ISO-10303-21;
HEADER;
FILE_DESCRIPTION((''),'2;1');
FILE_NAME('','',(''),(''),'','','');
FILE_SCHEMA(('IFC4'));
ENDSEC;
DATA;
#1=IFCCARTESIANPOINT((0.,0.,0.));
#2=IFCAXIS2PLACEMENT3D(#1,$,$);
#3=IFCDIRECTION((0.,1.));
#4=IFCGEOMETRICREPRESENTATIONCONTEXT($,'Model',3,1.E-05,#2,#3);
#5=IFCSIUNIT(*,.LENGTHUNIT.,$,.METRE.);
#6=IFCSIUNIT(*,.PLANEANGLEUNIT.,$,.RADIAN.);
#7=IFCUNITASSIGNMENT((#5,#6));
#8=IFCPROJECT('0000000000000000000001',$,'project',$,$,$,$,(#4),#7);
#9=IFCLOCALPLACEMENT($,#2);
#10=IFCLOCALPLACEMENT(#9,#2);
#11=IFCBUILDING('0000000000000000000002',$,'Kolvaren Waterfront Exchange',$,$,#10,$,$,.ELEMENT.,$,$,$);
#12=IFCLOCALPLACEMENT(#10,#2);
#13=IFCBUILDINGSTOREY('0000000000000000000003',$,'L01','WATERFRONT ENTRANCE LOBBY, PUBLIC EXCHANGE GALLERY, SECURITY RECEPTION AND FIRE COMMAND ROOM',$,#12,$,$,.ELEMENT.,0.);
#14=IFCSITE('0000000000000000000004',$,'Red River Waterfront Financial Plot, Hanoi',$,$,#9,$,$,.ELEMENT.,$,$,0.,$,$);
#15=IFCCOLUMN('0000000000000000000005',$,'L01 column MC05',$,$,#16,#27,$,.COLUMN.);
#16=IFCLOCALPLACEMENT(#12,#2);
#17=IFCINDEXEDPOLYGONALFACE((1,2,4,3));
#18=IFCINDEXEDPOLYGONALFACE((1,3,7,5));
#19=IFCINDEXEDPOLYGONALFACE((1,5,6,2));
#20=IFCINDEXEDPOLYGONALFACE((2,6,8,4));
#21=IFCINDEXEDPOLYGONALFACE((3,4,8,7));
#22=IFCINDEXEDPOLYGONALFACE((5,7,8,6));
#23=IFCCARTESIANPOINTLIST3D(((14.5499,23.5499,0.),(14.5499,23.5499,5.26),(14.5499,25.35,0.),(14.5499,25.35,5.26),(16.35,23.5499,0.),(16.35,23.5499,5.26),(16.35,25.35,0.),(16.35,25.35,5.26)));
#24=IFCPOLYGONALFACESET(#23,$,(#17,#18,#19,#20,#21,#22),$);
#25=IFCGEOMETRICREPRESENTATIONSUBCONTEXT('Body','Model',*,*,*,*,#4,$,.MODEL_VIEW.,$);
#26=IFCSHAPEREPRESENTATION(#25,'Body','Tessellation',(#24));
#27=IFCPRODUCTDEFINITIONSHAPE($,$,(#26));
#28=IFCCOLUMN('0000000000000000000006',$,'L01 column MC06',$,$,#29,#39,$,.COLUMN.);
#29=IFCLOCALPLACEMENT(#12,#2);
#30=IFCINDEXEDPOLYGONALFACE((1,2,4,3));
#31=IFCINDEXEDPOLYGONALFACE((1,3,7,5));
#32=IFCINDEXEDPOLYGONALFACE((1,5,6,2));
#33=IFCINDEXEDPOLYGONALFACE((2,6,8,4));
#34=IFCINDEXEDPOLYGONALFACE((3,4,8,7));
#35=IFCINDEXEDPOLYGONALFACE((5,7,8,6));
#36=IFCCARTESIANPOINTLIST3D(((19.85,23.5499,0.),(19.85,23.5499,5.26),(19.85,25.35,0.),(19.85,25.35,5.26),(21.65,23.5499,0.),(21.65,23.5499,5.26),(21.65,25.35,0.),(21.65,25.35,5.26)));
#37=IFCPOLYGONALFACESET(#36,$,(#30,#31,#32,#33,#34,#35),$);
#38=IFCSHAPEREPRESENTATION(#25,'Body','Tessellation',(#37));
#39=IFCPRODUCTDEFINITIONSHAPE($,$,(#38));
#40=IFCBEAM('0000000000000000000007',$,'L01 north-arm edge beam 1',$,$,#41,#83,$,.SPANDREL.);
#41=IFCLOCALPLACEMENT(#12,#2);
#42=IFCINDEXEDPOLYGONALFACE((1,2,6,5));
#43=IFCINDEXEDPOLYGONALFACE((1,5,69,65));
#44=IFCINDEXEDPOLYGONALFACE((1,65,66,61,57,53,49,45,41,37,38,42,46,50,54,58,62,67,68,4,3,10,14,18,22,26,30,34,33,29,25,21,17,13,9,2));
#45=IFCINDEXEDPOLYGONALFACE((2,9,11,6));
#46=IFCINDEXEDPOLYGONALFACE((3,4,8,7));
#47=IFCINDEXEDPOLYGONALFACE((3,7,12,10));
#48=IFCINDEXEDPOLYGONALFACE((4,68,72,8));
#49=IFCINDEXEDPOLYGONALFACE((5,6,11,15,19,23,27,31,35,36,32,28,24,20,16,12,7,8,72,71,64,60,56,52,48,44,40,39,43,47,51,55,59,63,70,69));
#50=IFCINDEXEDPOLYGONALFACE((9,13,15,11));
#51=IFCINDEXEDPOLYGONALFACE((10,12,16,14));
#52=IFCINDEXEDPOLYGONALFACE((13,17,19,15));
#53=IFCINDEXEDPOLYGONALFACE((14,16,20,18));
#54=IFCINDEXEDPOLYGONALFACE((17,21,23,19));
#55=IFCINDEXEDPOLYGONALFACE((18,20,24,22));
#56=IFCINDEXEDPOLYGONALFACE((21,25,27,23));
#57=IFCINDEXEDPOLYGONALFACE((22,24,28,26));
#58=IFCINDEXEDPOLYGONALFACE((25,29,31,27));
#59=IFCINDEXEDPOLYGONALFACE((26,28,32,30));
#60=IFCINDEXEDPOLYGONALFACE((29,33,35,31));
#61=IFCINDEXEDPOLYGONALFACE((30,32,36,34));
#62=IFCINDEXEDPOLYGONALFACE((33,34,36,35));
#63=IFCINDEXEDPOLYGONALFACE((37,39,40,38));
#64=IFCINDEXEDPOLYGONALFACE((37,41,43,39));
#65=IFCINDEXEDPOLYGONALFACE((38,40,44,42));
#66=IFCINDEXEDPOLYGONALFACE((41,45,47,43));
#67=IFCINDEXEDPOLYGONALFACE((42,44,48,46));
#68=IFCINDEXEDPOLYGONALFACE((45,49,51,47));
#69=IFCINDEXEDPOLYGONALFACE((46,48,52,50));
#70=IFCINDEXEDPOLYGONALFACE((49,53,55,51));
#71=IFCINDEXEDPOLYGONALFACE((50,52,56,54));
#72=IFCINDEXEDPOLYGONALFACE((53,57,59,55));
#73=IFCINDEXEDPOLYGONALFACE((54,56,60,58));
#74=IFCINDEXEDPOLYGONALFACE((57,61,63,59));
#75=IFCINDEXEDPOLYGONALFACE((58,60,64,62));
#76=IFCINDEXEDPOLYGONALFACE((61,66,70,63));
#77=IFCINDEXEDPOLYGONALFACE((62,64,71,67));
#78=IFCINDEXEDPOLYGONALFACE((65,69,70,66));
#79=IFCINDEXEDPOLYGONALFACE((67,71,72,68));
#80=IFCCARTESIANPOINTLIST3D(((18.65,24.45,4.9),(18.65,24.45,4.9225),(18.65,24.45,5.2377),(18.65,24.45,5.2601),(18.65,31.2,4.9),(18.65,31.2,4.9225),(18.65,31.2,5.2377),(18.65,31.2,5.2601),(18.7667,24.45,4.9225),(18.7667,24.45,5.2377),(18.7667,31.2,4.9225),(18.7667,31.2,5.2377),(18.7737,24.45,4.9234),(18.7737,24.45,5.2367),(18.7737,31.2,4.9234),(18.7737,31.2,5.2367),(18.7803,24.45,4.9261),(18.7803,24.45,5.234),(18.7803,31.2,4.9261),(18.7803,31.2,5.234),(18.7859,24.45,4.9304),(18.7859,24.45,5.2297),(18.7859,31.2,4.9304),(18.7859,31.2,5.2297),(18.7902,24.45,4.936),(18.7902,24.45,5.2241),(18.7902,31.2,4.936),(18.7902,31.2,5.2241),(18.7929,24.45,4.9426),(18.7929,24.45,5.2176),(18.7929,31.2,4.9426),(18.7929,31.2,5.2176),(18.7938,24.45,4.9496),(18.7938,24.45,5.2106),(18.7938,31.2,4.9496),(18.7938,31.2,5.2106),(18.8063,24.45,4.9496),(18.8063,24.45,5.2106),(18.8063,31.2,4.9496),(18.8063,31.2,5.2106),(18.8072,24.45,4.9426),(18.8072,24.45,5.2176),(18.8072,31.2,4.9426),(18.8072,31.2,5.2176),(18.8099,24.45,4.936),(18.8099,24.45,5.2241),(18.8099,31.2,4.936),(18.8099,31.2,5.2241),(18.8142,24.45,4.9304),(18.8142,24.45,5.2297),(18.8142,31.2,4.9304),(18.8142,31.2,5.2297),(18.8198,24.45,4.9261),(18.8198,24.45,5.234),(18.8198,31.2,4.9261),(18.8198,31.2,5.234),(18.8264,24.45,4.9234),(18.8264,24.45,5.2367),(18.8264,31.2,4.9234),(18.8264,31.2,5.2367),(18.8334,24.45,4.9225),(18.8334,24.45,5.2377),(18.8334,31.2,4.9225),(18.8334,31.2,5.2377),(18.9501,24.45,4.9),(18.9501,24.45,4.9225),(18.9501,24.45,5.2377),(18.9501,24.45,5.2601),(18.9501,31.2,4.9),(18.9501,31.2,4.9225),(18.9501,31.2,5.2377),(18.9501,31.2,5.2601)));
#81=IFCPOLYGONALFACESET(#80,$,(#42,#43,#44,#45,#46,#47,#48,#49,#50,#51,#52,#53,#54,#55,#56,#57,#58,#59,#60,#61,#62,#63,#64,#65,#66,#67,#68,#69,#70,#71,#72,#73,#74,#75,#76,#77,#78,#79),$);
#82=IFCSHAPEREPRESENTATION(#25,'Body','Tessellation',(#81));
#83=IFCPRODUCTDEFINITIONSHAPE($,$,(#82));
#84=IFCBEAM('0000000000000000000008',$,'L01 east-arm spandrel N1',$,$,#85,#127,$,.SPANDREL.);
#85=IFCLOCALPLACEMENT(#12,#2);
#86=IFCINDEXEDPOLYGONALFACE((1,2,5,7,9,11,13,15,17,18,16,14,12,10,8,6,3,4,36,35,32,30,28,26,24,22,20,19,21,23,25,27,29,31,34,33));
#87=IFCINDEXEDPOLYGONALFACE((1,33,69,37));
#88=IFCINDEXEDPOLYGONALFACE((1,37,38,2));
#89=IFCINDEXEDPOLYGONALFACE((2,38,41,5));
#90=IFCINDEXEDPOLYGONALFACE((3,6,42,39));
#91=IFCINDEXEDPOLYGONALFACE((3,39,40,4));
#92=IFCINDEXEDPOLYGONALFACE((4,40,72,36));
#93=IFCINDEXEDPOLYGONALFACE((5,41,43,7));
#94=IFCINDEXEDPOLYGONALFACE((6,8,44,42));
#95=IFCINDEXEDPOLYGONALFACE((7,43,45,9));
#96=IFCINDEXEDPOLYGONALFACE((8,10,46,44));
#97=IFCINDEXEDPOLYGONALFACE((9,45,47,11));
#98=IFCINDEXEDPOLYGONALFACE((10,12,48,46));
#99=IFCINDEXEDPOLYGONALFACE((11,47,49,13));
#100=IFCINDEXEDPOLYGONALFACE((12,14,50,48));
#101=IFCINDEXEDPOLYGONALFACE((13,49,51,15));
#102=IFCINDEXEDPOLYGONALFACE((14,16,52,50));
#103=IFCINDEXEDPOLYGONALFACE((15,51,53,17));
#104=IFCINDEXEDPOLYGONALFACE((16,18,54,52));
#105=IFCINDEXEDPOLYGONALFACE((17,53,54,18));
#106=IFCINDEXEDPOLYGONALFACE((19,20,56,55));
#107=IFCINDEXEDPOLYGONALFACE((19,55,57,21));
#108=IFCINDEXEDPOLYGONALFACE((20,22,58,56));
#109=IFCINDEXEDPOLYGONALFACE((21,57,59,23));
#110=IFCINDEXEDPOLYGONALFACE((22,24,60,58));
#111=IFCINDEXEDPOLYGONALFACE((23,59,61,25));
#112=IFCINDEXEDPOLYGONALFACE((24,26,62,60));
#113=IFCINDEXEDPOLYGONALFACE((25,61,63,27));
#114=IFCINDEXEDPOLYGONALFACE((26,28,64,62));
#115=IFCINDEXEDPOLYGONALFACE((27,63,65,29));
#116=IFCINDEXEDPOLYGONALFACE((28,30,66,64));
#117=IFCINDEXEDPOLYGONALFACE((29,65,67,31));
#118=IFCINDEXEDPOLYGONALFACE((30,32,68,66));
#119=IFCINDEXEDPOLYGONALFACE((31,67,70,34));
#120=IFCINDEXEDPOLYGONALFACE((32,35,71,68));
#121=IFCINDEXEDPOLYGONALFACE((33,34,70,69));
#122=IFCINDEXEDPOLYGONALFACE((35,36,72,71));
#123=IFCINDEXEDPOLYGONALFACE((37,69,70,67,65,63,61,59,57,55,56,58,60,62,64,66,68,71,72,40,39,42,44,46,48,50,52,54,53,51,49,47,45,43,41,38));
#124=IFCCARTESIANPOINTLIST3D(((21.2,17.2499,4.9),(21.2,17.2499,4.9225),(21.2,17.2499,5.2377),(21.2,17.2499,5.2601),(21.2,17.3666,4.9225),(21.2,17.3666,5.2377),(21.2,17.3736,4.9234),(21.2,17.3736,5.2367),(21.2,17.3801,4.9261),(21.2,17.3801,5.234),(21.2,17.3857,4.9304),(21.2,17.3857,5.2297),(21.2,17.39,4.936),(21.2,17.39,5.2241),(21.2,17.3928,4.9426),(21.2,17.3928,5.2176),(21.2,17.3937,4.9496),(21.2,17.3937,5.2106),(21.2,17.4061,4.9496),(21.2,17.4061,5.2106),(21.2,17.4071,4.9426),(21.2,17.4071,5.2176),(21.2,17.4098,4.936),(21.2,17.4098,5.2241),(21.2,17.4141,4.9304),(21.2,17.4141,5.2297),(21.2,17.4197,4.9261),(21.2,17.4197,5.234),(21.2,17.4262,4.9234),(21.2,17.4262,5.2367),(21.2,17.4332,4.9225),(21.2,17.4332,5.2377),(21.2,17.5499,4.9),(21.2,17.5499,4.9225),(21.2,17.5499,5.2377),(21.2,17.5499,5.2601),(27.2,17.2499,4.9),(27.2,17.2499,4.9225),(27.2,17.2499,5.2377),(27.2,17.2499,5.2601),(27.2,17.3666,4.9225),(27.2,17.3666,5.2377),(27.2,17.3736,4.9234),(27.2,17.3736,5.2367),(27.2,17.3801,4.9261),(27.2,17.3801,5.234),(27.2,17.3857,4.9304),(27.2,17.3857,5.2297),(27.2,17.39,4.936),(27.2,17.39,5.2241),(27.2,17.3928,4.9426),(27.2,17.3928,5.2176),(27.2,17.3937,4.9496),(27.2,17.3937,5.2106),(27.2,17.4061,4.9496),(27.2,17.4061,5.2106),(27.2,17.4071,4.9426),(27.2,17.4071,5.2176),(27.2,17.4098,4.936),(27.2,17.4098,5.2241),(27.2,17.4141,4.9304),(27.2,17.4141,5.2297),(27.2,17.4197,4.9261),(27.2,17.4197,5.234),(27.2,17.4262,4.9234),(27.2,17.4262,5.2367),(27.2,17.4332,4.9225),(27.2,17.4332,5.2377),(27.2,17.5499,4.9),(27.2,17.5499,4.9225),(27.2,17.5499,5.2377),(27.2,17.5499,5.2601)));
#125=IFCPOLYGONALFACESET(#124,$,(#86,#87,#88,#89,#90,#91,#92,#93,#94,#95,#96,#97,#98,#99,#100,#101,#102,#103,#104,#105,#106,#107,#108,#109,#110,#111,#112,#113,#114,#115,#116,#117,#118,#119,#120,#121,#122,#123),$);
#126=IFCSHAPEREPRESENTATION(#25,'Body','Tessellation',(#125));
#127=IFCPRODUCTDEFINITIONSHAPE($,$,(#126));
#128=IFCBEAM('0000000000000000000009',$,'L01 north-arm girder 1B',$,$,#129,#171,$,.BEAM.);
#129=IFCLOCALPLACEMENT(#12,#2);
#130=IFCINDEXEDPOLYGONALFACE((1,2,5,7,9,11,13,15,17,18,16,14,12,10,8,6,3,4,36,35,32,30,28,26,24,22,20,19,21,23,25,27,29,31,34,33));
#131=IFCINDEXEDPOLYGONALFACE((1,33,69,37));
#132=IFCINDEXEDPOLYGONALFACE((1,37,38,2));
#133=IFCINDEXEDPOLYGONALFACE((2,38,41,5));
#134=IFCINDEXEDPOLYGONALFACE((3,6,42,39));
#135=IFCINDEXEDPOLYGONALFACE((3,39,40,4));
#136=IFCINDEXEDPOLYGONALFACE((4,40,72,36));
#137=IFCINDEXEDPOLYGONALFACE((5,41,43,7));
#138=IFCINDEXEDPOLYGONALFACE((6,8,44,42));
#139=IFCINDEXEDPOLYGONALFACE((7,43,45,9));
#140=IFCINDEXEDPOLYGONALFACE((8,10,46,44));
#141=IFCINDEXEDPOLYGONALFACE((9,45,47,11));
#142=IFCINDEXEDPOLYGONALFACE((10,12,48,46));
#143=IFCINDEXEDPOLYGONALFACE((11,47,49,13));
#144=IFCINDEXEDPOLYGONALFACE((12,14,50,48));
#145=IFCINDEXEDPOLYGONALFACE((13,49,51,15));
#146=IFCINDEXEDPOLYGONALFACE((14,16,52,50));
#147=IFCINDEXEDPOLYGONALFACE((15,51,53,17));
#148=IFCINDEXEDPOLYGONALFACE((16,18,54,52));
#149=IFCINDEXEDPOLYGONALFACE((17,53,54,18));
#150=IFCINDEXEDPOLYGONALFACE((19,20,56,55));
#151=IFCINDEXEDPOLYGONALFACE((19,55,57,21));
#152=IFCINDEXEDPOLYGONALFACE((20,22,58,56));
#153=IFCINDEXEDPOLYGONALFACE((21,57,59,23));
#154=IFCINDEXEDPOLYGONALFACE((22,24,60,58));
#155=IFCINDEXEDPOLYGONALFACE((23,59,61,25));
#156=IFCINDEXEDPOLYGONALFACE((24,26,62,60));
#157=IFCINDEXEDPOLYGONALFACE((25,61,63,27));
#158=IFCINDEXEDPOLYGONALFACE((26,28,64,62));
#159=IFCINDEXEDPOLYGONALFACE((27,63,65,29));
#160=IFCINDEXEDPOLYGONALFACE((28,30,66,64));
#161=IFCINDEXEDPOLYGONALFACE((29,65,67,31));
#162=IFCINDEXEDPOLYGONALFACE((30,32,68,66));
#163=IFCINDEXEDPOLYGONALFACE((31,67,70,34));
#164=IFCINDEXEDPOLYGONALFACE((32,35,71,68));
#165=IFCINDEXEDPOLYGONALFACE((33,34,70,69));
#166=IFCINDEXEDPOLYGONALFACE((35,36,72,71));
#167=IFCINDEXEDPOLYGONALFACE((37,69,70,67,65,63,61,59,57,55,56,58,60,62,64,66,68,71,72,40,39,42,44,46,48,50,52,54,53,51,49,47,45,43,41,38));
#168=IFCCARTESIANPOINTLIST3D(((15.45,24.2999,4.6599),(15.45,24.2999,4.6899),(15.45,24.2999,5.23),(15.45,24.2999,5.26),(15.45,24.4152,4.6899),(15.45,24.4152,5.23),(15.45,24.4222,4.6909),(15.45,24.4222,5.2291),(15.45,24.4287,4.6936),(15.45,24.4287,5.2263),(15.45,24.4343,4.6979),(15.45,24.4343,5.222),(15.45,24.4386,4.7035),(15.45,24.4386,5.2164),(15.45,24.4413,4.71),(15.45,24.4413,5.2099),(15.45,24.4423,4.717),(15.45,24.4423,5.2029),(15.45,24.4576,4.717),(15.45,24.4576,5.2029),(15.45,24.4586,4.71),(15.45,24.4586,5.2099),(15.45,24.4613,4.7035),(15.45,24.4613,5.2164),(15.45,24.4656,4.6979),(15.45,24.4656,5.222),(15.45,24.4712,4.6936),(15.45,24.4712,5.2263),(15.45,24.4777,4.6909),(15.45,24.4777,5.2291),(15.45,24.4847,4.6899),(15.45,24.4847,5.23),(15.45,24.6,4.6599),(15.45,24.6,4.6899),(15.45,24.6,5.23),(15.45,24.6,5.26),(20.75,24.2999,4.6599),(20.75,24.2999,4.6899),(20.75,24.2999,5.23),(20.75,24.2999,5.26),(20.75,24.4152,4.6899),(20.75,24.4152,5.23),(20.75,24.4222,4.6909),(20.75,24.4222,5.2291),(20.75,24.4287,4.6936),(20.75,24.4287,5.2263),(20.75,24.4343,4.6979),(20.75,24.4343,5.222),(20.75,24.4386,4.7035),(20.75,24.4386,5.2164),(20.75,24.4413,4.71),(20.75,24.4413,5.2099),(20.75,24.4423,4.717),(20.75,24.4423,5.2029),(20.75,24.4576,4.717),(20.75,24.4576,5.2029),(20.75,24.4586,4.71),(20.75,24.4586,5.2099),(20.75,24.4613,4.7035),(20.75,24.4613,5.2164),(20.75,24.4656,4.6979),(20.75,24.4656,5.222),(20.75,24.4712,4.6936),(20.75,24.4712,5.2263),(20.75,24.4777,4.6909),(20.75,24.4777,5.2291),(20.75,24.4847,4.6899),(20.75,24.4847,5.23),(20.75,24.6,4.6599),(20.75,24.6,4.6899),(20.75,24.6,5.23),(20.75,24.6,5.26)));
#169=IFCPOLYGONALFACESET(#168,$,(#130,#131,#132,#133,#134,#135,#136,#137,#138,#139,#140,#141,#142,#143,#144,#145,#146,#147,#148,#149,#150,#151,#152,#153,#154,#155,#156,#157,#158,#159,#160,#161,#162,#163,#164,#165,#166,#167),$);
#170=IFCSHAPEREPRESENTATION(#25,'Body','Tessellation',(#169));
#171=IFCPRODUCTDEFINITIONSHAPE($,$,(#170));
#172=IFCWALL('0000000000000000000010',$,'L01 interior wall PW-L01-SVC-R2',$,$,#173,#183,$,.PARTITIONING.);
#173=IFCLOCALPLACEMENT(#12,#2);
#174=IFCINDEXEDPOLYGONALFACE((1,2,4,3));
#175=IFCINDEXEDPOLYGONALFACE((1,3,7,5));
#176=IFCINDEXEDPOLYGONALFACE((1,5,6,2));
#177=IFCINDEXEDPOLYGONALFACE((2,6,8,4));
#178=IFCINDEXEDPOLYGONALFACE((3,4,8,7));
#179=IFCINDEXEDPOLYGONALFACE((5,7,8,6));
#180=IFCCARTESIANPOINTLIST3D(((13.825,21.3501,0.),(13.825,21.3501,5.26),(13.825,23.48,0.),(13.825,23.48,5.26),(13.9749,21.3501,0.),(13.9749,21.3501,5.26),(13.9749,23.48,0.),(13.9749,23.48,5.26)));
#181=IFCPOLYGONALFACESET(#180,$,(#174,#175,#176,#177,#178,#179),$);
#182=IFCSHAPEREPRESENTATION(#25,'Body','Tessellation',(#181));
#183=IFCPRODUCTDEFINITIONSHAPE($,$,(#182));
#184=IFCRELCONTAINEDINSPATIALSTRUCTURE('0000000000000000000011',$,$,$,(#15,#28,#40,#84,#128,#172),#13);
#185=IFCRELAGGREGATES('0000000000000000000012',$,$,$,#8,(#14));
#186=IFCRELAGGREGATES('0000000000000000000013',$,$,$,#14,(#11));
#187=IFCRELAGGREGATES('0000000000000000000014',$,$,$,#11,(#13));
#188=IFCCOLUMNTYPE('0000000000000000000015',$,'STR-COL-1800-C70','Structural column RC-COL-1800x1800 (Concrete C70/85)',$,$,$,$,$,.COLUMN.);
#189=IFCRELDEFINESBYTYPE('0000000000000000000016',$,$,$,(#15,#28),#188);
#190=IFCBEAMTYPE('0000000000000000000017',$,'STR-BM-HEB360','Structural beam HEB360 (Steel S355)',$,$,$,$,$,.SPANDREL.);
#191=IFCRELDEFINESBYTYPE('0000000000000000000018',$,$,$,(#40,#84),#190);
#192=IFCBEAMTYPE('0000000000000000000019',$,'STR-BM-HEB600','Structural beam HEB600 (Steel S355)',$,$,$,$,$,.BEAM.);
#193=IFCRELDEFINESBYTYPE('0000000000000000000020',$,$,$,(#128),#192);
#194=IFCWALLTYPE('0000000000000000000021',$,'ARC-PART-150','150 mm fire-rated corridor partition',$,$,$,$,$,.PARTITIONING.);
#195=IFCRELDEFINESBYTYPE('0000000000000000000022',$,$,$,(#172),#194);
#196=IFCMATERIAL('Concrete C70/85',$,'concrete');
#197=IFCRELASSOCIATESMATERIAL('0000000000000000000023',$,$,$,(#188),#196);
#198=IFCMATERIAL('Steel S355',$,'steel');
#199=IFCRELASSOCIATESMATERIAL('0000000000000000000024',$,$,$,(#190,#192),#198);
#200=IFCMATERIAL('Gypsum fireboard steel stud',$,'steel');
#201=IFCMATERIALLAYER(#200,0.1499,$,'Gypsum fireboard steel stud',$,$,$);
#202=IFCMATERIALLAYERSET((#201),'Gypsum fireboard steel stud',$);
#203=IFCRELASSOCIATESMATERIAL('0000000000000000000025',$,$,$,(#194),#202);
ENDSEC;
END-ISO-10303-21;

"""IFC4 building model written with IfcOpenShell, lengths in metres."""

from ifc_helpers import new_model, si_unit, direction, frame, frame_2d, origin, origin_2d, place, context, subcontext, project, spatial, rectangle, i_section, extrude, material, layer, layer_set, material_profile, profile_set, type_object, element, save


model = new_model("IFC4")

# Units and contexts
model_context = context("Model", 3, precision=1e-05, world=origin(), true_north=direction((0.0, 1.0)))
body_context = subcontext(model_context, "Body", "Model", "MODEL_VIEW")
ifc_project = project(units=[si_unit("LENGTHUNIT", "METRE"), si_unit("PLANEANGLEUNIT", "RADIAN")], contexts=[model_context])

# Site, building, storey
site_placement = place(None, origin())
site = spatial("IfcSite", under=ifc_project, at=site_placement, Name="Red River Waterfront Financial Plot, Hanoi", CompositionType="ELEMENT", RefElevation=0.0)
building_placement = place(site_placement, origin())
building = spatial("IfcBuilding", under=site, at=building_placement, Name="Kolvaren Waterfront Exchange", CompositionType="ELEMENT")
storey_placement = place(building_placement, origin())
storey = spatial("IfcBuildingStorey", under=building, at=storey_placement, Name="L01", Description="WATERFRONT ENTRANCE LOBBY, PUBLIC EXCHANGE GALLERY, SECURITY RECEPTION AND FIRE COMMAND ROOM", CompositionType="ELEMENT", Elevation=0.0)

# Columns
ifc_material_1 = material(Name="Concrete C70/85", Category="concrete")
ifc_material_profile_1 = material_profile(ifc_material_1, rectangle(XDim=1.8, YDim=1.8, at=origin_2d()), Name="RC-COL-1800x1800")
ifc_profile_set_1 = profile_set([ifc_material_profile_1], Name="Concrete C70/85")
column_type = type_object("IfcColumnType", Name="STR-COL-1800-C70", Description="Structural column RC-COL-1800x1800 (Concrete C70/85)", PredefinedType="COLUMN", material=ifc_profile_set_1)
for number, where, z_axis, x_axis, name in (
    (1, (15.45, 24.45, 0.0), (0.0, 0.0, 1.0), (1.0, 0.0, 0.0), "L01 column MC05"),
    (2, (20.75, 24.45, 0.0), (0.0, 0.0, 1.0), (1.0, 0.0, 0.0), "L01 column MC06"),
):
    element("IfcColumn", number, at=place(storey_placement, frame(where, z_axis=z_axis, x_axis=x_axis)), inside=storey, type_object=column_type, Name=name, PredefinedType="COLUMN", context=body_context, shape_type="SweptSolid", body=[
        extrude(rectangle(XDim=1.8, YDim=1.8, at=origin_2d()), origin(), (0.0, 0.0, 1.0), 5.26),
    ])

# Beams
ifc_material_2 = material(Name="Steel S355", Category="steel")
ifc_material_profile_2 = material_profile(ifc_material_2, i_section(OverallWidth=0.3, OverallDepth=0.3601, WebThickness=0.0125, FlangeThickness=0.0225, FilletRadius=0.0271, at=origin_2d()), Name="HEB360")
ifc_profile_set_2 = profile_set([ifc_material_profile_2], Name="Steel S355")
beam_type_1 = type_object("IfcBeamType", Name="STR-BM-HEB360", Description="Structural beam HEB360 (Steel S355)", PredefinedType="SPANDREL", material=ifc_profile_set_2)
beam_1_placement = place(storey_placement, frame((18.8, 24.45, 5.0801), z_axis=(0.0, 1.0, 0.0), x_axis=(-1.0, 0.0, 0.0)))
element("IfcBeam", 3, at=beam_1_placement, inside=storey, type_object=beam_type_1, Name="L01 north-arm edge beam 1", PredefinedType="SPANDREL", context=body_context, shape_type="SweptSolid", body=[
    extrude(i_section(OverallWidth=0.3, OverallDepth=0.3601, WebThickness=0.0125, FlangeThickness=0.0225, FilletRadius=0.0271, at=origin_2d()), origin(), (0.0, 0.0, 1.0), 6.75),
])
beam_2_placement = place(storey_placement, frame((21.2, 17.3999, 5.0801), z_axis=(1.0, 0.0, 0.0), x_axis=(0.0, 1.0, 0.0)))
element("IfcBeam", 4, at=beam_2_placement, inside=storey, type_object=beam_type_1, Name="L01 east-arm spandrel N1", PredefinedType="SPANDREL", context=body_context, shape_type="SweptSolid", body=[
    extrude(i_section(OverallWidth=0.3, OverallDepth=0.3601, WebThickness=0.0125, FlangeThickness=0.0225, FilletRadius=0.0271, at=origin_2d()), origin(), (0.0, 0.0, 1.0), 6.0),
])
ifc_material_profile_3 = material_profile(ifc_material_2, i_section(OverallWidth=0.3, OverallDepth=0.6001, WebThickness=0.0154, FlangeThickness=0.03, FilletRadius=0.0271, at=origin_2d()), Name="HEB600")
ifc_profile_set_3 = profile_set([ifc_material_profile_3], Name="Steel S355")
beam_type_2 = type_object("IfcBeamType", Name="STR-BM-HEB600", Description="Structural beam HEB600 (Steel S355)", PredefinedType="BEAM", material=ifc_profile_set_3)
beam_3_placement = place(storey_placement, frame((15.45, 24.45, 4.96), z_axis=(1.0, 0.0, 0.0), x_axis=(0.0, 1.0, 0.0)))
element("IfcBeam", 5, at=beam_3_placement, inside=storey, type_object=beam_type_2, Name="L01 north-arm girder 1B", PredefinedType="BEAM", context=body_context, shape_type="SweptSolid", body=[
    extrude(i_section(OverallWidth=0.3, OverallDepth=0.6001, WebThickness=0.0154, FlangeThickness=0.03, FilletRadius=0.0271, at=origin_2d()), origin(), (0.0, 0.0, 1.0), 5.3),
])

# Wall
ifc_material_3 = material(Name="Gypsum fireboard steel stud", Category="steel")
ifc_layer_1 = layer(ifc_material_3, 0.1499, Name="Gypsum fireboard steel stud")
ifc_layer_set_1 = layer_set([ifc_layer_1], Name="Gypsum fireboard steel stud")
wall_type_1 = type_object("IfcWallType", Name="ARC-PART-150", Description="150 mm fire-rated corridor partition", PredefinedType="PARTITIONING", material=ifc_layer_set_1)
wall_1_placement = place(storey_placement, frame((13.8999, 21.3501, 0.0), z_axis=(0.0, 0.0, 1.0), x_axis=(0.0, 1.0, 0.0)))
element("IfcWall", 6, at=wall_1_placement, inside=storey, type_object=wall_type_1, Name="L01 interior wall PW-L01-SVC-R2", PredefinedType="PARTITIONING", context=body_context, shape_type="SweptSolid", body=[
    extrude(rectangle(XDim=2.1299, YDim=0.1499, at=frame_2d((1.0649, 0.0))), origin(), (0.0, 0.0, 1.0), 5.26),
])

save(model, "model.ifc")
